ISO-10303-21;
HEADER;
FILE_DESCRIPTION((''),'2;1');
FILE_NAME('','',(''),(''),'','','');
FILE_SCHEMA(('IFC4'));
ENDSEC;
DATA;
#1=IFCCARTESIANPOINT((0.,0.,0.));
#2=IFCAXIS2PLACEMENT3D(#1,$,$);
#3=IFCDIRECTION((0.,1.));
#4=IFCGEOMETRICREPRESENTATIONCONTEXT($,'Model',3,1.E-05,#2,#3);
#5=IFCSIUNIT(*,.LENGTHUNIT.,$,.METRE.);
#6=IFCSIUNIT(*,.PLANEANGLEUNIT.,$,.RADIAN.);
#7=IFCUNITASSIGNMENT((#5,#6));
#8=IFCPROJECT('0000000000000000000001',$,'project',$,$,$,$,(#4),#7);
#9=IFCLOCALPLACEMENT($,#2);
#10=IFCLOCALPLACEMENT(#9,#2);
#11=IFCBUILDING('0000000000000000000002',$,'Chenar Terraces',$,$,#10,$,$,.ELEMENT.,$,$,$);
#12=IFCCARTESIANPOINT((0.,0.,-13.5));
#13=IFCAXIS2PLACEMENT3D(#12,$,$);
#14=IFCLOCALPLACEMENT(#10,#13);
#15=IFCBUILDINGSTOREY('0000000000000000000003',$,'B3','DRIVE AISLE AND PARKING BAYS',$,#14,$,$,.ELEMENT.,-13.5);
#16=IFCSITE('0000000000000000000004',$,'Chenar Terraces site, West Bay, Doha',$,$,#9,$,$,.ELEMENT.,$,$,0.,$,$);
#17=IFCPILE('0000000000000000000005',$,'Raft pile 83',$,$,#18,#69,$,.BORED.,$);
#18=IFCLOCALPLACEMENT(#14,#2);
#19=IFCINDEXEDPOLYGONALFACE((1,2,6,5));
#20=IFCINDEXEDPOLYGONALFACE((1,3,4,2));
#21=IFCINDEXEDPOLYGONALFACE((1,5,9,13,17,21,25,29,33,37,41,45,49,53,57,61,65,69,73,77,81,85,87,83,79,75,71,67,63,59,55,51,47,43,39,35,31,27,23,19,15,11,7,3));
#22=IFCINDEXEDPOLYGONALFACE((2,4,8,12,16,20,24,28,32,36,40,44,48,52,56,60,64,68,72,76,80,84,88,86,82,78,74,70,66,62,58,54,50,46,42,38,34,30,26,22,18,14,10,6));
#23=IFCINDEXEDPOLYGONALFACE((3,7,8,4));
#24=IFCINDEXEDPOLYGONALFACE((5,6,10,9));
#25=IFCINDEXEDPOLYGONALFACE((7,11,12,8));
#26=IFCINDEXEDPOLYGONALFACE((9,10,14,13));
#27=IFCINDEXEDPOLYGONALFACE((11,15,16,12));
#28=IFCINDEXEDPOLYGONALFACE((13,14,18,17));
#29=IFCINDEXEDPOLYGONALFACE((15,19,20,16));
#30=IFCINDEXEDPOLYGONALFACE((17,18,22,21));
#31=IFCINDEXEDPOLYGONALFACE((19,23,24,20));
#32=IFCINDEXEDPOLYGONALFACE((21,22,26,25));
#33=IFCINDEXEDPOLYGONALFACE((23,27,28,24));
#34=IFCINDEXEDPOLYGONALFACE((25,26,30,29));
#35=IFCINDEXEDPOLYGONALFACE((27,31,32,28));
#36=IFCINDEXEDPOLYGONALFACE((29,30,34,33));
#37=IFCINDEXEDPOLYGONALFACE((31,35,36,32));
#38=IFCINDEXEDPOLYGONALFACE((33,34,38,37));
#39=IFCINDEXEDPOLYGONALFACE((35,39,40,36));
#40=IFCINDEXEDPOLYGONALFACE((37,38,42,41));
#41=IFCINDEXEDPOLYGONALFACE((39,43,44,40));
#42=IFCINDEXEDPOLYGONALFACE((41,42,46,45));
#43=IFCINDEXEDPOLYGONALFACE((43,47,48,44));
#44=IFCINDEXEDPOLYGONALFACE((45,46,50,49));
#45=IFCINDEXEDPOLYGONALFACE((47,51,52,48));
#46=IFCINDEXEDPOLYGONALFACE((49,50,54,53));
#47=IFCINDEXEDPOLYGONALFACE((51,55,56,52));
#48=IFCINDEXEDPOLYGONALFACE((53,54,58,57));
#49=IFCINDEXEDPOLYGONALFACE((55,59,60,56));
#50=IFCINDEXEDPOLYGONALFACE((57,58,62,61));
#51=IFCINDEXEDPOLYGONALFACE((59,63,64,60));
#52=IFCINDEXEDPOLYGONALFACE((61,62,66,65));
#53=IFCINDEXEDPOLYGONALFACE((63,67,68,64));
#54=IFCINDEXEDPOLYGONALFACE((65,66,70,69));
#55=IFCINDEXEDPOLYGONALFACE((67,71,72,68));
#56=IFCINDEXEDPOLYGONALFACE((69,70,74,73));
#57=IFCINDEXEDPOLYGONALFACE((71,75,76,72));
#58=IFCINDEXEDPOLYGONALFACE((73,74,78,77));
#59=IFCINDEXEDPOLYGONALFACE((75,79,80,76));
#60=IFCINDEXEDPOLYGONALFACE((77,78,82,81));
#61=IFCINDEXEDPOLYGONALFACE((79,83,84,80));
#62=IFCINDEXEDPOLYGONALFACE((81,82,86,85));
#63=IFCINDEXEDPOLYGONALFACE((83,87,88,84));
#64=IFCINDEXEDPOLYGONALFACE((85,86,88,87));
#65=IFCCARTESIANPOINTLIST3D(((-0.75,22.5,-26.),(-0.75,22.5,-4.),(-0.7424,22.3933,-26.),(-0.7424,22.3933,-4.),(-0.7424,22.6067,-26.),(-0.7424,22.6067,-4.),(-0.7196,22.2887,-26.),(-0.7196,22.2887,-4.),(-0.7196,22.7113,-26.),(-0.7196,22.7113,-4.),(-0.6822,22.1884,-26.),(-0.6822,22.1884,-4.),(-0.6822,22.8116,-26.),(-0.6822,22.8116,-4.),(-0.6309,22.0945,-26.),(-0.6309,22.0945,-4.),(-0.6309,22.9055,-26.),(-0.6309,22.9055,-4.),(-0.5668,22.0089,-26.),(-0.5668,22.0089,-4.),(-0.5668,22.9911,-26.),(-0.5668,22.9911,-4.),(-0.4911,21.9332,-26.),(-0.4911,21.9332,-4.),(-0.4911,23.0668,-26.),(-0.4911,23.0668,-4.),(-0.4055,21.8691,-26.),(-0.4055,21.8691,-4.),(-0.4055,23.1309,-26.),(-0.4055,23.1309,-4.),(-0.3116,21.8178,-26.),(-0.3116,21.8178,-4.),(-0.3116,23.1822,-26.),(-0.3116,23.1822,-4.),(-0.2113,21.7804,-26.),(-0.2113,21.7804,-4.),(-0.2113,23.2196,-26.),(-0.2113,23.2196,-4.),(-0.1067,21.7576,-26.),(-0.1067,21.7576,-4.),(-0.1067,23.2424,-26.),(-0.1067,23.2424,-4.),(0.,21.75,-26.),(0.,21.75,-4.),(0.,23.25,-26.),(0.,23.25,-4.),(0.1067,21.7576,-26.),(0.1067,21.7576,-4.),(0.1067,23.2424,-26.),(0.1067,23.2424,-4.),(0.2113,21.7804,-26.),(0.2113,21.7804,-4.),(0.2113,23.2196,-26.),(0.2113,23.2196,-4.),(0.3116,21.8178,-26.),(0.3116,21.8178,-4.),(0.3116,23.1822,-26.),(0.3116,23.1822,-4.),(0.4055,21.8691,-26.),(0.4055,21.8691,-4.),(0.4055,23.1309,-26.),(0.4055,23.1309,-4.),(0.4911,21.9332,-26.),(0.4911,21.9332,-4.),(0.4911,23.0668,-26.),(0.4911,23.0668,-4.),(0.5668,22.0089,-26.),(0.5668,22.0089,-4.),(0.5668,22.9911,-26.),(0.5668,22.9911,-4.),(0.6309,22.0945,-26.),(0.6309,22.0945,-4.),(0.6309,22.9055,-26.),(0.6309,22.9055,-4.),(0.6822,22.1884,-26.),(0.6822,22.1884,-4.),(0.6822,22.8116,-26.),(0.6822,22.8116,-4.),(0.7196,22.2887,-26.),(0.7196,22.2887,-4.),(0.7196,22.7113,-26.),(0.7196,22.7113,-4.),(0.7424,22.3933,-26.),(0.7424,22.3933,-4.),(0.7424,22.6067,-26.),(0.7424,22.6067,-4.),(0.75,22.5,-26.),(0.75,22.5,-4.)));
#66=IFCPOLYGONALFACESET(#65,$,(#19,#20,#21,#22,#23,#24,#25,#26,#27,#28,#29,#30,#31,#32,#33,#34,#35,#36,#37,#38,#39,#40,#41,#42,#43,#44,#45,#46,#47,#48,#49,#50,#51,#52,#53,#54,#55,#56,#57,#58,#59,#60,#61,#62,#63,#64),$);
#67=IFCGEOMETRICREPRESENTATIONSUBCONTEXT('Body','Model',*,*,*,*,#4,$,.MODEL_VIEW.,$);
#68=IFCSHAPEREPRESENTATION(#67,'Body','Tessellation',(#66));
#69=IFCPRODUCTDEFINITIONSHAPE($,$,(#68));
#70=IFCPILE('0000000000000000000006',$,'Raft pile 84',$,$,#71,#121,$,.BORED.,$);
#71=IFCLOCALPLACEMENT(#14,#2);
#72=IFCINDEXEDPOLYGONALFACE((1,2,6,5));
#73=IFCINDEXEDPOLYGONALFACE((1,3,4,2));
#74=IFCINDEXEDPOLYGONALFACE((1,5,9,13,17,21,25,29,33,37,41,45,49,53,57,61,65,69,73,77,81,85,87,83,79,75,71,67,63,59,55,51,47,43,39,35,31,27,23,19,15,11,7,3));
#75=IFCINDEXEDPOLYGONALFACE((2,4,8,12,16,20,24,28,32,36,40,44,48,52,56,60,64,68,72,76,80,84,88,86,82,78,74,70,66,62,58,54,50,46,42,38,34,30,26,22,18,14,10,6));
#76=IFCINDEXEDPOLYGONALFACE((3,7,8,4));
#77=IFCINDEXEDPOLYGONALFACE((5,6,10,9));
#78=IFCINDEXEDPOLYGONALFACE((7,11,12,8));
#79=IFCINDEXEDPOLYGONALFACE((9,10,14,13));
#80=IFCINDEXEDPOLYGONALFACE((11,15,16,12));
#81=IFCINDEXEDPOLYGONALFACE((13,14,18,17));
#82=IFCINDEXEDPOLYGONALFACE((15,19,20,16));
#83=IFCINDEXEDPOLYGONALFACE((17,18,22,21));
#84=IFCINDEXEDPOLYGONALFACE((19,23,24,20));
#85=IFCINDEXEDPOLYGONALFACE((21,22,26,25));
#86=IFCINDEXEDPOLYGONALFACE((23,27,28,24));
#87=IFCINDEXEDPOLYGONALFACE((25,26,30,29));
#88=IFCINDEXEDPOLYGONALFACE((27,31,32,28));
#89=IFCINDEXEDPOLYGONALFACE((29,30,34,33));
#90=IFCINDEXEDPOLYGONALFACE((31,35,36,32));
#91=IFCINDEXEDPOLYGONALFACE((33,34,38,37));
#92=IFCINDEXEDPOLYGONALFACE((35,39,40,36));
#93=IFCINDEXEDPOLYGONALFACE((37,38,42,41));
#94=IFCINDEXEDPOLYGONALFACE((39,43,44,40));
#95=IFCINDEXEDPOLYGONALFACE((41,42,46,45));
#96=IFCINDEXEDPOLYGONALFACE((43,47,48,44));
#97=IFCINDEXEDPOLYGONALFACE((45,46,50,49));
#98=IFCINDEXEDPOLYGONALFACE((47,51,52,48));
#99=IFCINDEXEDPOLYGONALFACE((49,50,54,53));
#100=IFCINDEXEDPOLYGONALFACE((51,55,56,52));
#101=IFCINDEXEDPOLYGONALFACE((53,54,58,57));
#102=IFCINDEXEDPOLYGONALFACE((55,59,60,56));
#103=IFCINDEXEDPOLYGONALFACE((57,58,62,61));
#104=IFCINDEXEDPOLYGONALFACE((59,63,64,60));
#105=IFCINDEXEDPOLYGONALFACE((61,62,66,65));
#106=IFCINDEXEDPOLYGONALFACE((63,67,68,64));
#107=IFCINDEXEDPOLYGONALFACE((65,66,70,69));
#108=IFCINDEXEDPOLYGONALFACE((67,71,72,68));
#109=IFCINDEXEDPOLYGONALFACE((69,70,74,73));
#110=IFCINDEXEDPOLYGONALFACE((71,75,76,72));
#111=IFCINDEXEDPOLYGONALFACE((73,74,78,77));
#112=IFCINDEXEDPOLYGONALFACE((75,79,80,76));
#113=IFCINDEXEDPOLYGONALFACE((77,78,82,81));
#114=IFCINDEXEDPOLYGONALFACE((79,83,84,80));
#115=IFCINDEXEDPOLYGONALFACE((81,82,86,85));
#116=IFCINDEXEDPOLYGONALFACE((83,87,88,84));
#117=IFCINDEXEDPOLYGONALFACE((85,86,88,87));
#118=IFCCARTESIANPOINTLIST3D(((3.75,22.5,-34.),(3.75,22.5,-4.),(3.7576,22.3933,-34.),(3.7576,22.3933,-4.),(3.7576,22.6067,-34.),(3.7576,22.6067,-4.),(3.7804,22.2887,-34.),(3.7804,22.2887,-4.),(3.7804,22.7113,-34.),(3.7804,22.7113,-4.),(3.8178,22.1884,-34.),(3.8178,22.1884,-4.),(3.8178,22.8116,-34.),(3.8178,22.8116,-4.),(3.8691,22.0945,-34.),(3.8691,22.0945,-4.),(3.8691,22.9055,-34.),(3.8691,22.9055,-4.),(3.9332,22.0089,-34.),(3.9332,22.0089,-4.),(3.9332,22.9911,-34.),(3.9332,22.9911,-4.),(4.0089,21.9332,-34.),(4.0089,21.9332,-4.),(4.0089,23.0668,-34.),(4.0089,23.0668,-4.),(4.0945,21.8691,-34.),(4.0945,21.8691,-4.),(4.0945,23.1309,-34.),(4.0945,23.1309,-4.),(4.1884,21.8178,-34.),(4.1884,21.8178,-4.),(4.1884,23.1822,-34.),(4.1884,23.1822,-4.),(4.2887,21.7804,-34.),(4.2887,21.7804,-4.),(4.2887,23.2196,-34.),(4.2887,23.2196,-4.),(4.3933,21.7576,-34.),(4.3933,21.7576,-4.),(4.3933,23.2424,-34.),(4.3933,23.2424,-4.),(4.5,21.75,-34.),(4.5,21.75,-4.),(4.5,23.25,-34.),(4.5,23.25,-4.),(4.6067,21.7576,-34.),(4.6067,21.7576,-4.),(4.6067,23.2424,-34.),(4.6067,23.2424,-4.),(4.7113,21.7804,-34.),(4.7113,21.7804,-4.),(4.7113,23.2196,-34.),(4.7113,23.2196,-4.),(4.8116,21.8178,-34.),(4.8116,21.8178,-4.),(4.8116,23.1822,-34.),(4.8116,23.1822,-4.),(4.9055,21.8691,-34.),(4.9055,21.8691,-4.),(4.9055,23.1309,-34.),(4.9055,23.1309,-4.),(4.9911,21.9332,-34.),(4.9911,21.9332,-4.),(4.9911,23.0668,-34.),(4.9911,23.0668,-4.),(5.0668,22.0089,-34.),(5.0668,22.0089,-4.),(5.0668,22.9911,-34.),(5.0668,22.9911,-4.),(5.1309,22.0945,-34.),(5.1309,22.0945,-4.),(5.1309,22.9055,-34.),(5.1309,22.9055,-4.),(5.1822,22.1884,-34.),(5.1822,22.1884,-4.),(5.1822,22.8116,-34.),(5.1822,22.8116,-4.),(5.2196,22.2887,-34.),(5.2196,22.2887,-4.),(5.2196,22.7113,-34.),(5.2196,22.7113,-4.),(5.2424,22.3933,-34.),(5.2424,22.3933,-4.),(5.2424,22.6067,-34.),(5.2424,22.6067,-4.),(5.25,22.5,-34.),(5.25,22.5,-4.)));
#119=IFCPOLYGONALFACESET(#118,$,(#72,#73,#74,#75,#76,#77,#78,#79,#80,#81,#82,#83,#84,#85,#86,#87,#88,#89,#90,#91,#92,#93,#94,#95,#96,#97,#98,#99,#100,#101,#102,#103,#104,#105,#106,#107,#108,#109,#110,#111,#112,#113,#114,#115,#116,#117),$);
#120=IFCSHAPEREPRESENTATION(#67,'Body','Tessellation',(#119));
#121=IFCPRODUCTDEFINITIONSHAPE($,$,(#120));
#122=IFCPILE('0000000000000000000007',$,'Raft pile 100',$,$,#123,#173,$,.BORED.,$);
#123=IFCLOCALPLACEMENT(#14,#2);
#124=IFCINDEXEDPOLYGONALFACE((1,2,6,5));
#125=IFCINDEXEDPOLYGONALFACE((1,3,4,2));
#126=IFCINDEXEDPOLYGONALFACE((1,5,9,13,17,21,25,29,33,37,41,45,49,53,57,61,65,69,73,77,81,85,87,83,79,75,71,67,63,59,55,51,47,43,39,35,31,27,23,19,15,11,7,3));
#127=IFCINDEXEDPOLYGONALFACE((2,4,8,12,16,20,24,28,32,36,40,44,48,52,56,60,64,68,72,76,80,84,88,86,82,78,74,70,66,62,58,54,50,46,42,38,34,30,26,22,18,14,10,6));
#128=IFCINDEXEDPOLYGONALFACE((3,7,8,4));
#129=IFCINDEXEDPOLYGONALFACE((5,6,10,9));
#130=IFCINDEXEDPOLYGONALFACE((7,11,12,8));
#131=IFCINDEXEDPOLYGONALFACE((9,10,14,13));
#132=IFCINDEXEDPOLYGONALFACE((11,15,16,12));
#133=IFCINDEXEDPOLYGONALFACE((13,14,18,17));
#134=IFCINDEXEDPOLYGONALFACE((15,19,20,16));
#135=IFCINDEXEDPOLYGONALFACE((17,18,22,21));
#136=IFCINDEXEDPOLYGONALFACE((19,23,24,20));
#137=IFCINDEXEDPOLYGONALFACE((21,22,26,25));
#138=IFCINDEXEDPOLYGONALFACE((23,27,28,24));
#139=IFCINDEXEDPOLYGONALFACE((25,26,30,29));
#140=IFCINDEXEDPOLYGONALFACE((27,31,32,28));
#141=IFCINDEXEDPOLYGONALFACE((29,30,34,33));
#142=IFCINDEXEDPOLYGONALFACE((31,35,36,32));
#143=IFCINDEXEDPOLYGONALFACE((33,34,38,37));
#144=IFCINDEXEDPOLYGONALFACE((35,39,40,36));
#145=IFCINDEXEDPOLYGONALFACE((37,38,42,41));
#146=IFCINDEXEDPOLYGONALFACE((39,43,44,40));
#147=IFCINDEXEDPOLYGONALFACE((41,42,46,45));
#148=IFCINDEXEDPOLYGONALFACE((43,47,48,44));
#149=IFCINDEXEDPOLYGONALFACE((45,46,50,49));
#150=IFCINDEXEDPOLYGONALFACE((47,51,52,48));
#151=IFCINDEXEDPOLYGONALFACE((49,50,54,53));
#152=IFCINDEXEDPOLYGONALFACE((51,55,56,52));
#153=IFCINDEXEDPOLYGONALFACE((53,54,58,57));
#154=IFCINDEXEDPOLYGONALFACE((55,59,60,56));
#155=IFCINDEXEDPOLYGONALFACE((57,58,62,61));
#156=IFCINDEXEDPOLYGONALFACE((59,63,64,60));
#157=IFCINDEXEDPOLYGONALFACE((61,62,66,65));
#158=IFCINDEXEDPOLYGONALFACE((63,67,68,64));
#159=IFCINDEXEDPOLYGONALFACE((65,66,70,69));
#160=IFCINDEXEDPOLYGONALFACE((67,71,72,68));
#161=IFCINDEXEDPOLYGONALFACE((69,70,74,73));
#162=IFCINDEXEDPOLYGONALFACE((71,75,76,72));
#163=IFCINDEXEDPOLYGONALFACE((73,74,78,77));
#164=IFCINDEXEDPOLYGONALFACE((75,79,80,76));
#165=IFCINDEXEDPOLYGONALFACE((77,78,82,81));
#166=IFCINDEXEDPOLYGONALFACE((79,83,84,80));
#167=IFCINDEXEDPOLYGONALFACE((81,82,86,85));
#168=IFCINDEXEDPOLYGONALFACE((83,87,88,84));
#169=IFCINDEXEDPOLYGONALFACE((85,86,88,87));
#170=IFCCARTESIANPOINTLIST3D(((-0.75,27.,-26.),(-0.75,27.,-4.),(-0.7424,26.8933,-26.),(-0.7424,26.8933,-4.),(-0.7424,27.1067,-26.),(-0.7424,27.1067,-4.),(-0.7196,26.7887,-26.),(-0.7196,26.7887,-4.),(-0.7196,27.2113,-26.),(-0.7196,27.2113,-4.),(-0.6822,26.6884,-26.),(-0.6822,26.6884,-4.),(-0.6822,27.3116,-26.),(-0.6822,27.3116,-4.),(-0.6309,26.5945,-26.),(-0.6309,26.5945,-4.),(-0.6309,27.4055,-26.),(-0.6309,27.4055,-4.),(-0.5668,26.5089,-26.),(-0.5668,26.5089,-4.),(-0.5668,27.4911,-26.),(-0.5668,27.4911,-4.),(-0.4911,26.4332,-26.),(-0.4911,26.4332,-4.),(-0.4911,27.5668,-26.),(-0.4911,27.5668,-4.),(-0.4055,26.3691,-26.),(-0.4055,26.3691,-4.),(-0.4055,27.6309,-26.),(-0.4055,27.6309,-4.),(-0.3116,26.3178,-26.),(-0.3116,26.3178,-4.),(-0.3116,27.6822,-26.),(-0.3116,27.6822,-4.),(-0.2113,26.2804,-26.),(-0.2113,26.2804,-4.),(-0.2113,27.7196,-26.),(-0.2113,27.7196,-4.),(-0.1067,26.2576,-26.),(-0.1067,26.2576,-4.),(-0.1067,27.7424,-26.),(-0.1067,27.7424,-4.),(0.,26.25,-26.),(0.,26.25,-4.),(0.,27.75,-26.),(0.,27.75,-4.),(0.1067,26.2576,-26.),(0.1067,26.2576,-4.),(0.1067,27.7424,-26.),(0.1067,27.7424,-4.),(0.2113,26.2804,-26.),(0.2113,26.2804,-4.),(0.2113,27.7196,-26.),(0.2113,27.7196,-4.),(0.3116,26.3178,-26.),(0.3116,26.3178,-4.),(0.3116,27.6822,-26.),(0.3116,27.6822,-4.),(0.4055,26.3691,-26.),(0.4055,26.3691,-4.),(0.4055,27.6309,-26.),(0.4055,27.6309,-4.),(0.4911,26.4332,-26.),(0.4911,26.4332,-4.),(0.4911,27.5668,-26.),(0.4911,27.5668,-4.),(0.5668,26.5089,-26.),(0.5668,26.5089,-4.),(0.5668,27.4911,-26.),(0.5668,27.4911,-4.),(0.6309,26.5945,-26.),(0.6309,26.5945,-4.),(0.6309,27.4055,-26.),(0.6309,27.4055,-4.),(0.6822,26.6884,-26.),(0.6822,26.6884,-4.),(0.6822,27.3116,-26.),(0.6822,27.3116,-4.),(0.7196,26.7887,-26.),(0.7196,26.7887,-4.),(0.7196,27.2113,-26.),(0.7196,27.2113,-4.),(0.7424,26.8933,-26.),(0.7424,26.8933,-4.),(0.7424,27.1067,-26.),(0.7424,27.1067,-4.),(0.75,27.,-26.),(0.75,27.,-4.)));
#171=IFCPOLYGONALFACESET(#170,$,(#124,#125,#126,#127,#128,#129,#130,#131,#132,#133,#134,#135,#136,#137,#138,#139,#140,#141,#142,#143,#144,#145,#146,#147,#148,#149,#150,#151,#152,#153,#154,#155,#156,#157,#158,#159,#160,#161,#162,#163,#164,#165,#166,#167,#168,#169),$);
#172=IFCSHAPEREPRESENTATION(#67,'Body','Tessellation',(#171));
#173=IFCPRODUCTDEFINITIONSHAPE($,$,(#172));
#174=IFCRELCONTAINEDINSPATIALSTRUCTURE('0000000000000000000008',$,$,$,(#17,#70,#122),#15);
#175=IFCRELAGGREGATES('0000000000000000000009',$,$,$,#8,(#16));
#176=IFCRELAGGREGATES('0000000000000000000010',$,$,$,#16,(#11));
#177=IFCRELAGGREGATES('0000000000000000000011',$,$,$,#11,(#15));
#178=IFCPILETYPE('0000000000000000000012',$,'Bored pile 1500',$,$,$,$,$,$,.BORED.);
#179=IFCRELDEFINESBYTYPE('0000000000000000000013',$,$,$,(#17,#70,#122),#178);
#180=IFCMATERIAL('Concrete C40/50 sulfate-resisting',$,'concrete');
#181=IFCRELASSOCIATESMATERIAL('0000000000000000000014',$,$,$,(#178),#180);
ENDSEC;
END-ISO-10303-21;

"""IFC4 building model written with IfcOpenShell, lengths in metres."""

from ifc_helpers import new_model, si_unit, direction, frame, origin, origin_2d, place, context, subcontext, project, spatial, circle, extrude, material, material_profile, profile_set, type_object, element, save


model = new_model("IFC4")

# Units and contexts
model_context = context("Model", 3, precision=1e-05, world=origin(), true_north=direction((0.0, 1.0)))
body_context = subcontext(model_context, "Body", "Model", "MODEL_VIEW")
ifc_project = project(units=[si_unit("LENGTHUNIT", "METRE"), si_unit("PLANEANGLEUNIT", "RADIAN")], contexts=[model_context])

# Site, building, storey
site_placement = place(None, origin())
site = spatial("IfcSite", under=ifc_project, at=site_placement, Name="Chenar Terraces site, West Bay, Doha", CompositionType="ELEMENT", RefElevation=0.0)
building_placement = place(site_placement, origin())
building = spatial("IfcBuilding", under=site, at=building_placement, Name="Chenar Terraces", CompositionType="ELEMENT")
storey_placement = place(building_placement, frame((0.0, 0.0, -13.5)))
storey = spatial("IfcBuildingStorey", under=building, at=storey_placement, Name="B3", Description="DRIVE AISLE AND PARKING BAYS", CompositionType="ELEMENT", Elevation=-13.5)

# Piles
ifc_material_1 = material(Name="Concrete C40/50 sulfate-resisting", Category="concrete")
ifc_material_profile_1 = material_profile(ifc_material_1, circle(Radius=0.75, at=origin_2d()), Name="BP 1500")
ifc_profile_set_1 = profile_set([ifc_material_profile_1], Name="Concrete C40/50 sulfate-resisting")
pile_type_1 = type_object("IfcPileType", Name="Bored pile 1500", PredefinedType="BORED", material=ifc_profile_set_1)
pile_1_placement = place(storey_placement, frame((0.0, 22.5, -4.0), z_axis=(0.0, 0.0, -1.0), x_axis=(1.0, 0.0, 0.0)))
element("IfcPile", 1, at=pile_1_placement, inside=storey, type_object=pile_type_1, Name="Raft pile 83", PredefinedType="BORED", context=body_context, shape_type="SweptSolid", body=[
    extrude(circle(Radius=0.75, at=origin_2d()), origin(), (0.0, 0.0, 1.0), 22.0),
])
pile_2_placement = place(storey_placement, frame((4.5, 22.5, -4.0), z_axis=(0.0, 0.0, -1.0), x_axis=(1.0, 0.0, 0.0)))
element("IfcPile", 2, at=pile_2_placement, inside=storey, type_object=pile_type_1, Name="Raft pile 84", PredefinedType="BORED", context=body_context, shape_type="SweptSolid", body=[
    extrude(circle(Radius=0.75, at=origin_2d()), origin(), (0.0, 0.0, 1.0), 30.0),
])
pile_3_placement = place(storey_placement, frame((0.0, 27.0, -4.0), z_axis=(0.0, 0.0, -1.0), x_axis=(1.0, 0.0, 0.0)))
element("IfcPile", 3, at=pile_3_placement, inside=storey, type_object=pile_type_1, Name="Raft pile 100", PredefinedType="BORED", context=body_context, shape_type="SweptSolid", body=[
    extrude(circle(Radius=0.75, at=origin_2d()), origin(), (0.0, 0.0, 1.0), 22.0),
])

save(model, "model.ifc")
